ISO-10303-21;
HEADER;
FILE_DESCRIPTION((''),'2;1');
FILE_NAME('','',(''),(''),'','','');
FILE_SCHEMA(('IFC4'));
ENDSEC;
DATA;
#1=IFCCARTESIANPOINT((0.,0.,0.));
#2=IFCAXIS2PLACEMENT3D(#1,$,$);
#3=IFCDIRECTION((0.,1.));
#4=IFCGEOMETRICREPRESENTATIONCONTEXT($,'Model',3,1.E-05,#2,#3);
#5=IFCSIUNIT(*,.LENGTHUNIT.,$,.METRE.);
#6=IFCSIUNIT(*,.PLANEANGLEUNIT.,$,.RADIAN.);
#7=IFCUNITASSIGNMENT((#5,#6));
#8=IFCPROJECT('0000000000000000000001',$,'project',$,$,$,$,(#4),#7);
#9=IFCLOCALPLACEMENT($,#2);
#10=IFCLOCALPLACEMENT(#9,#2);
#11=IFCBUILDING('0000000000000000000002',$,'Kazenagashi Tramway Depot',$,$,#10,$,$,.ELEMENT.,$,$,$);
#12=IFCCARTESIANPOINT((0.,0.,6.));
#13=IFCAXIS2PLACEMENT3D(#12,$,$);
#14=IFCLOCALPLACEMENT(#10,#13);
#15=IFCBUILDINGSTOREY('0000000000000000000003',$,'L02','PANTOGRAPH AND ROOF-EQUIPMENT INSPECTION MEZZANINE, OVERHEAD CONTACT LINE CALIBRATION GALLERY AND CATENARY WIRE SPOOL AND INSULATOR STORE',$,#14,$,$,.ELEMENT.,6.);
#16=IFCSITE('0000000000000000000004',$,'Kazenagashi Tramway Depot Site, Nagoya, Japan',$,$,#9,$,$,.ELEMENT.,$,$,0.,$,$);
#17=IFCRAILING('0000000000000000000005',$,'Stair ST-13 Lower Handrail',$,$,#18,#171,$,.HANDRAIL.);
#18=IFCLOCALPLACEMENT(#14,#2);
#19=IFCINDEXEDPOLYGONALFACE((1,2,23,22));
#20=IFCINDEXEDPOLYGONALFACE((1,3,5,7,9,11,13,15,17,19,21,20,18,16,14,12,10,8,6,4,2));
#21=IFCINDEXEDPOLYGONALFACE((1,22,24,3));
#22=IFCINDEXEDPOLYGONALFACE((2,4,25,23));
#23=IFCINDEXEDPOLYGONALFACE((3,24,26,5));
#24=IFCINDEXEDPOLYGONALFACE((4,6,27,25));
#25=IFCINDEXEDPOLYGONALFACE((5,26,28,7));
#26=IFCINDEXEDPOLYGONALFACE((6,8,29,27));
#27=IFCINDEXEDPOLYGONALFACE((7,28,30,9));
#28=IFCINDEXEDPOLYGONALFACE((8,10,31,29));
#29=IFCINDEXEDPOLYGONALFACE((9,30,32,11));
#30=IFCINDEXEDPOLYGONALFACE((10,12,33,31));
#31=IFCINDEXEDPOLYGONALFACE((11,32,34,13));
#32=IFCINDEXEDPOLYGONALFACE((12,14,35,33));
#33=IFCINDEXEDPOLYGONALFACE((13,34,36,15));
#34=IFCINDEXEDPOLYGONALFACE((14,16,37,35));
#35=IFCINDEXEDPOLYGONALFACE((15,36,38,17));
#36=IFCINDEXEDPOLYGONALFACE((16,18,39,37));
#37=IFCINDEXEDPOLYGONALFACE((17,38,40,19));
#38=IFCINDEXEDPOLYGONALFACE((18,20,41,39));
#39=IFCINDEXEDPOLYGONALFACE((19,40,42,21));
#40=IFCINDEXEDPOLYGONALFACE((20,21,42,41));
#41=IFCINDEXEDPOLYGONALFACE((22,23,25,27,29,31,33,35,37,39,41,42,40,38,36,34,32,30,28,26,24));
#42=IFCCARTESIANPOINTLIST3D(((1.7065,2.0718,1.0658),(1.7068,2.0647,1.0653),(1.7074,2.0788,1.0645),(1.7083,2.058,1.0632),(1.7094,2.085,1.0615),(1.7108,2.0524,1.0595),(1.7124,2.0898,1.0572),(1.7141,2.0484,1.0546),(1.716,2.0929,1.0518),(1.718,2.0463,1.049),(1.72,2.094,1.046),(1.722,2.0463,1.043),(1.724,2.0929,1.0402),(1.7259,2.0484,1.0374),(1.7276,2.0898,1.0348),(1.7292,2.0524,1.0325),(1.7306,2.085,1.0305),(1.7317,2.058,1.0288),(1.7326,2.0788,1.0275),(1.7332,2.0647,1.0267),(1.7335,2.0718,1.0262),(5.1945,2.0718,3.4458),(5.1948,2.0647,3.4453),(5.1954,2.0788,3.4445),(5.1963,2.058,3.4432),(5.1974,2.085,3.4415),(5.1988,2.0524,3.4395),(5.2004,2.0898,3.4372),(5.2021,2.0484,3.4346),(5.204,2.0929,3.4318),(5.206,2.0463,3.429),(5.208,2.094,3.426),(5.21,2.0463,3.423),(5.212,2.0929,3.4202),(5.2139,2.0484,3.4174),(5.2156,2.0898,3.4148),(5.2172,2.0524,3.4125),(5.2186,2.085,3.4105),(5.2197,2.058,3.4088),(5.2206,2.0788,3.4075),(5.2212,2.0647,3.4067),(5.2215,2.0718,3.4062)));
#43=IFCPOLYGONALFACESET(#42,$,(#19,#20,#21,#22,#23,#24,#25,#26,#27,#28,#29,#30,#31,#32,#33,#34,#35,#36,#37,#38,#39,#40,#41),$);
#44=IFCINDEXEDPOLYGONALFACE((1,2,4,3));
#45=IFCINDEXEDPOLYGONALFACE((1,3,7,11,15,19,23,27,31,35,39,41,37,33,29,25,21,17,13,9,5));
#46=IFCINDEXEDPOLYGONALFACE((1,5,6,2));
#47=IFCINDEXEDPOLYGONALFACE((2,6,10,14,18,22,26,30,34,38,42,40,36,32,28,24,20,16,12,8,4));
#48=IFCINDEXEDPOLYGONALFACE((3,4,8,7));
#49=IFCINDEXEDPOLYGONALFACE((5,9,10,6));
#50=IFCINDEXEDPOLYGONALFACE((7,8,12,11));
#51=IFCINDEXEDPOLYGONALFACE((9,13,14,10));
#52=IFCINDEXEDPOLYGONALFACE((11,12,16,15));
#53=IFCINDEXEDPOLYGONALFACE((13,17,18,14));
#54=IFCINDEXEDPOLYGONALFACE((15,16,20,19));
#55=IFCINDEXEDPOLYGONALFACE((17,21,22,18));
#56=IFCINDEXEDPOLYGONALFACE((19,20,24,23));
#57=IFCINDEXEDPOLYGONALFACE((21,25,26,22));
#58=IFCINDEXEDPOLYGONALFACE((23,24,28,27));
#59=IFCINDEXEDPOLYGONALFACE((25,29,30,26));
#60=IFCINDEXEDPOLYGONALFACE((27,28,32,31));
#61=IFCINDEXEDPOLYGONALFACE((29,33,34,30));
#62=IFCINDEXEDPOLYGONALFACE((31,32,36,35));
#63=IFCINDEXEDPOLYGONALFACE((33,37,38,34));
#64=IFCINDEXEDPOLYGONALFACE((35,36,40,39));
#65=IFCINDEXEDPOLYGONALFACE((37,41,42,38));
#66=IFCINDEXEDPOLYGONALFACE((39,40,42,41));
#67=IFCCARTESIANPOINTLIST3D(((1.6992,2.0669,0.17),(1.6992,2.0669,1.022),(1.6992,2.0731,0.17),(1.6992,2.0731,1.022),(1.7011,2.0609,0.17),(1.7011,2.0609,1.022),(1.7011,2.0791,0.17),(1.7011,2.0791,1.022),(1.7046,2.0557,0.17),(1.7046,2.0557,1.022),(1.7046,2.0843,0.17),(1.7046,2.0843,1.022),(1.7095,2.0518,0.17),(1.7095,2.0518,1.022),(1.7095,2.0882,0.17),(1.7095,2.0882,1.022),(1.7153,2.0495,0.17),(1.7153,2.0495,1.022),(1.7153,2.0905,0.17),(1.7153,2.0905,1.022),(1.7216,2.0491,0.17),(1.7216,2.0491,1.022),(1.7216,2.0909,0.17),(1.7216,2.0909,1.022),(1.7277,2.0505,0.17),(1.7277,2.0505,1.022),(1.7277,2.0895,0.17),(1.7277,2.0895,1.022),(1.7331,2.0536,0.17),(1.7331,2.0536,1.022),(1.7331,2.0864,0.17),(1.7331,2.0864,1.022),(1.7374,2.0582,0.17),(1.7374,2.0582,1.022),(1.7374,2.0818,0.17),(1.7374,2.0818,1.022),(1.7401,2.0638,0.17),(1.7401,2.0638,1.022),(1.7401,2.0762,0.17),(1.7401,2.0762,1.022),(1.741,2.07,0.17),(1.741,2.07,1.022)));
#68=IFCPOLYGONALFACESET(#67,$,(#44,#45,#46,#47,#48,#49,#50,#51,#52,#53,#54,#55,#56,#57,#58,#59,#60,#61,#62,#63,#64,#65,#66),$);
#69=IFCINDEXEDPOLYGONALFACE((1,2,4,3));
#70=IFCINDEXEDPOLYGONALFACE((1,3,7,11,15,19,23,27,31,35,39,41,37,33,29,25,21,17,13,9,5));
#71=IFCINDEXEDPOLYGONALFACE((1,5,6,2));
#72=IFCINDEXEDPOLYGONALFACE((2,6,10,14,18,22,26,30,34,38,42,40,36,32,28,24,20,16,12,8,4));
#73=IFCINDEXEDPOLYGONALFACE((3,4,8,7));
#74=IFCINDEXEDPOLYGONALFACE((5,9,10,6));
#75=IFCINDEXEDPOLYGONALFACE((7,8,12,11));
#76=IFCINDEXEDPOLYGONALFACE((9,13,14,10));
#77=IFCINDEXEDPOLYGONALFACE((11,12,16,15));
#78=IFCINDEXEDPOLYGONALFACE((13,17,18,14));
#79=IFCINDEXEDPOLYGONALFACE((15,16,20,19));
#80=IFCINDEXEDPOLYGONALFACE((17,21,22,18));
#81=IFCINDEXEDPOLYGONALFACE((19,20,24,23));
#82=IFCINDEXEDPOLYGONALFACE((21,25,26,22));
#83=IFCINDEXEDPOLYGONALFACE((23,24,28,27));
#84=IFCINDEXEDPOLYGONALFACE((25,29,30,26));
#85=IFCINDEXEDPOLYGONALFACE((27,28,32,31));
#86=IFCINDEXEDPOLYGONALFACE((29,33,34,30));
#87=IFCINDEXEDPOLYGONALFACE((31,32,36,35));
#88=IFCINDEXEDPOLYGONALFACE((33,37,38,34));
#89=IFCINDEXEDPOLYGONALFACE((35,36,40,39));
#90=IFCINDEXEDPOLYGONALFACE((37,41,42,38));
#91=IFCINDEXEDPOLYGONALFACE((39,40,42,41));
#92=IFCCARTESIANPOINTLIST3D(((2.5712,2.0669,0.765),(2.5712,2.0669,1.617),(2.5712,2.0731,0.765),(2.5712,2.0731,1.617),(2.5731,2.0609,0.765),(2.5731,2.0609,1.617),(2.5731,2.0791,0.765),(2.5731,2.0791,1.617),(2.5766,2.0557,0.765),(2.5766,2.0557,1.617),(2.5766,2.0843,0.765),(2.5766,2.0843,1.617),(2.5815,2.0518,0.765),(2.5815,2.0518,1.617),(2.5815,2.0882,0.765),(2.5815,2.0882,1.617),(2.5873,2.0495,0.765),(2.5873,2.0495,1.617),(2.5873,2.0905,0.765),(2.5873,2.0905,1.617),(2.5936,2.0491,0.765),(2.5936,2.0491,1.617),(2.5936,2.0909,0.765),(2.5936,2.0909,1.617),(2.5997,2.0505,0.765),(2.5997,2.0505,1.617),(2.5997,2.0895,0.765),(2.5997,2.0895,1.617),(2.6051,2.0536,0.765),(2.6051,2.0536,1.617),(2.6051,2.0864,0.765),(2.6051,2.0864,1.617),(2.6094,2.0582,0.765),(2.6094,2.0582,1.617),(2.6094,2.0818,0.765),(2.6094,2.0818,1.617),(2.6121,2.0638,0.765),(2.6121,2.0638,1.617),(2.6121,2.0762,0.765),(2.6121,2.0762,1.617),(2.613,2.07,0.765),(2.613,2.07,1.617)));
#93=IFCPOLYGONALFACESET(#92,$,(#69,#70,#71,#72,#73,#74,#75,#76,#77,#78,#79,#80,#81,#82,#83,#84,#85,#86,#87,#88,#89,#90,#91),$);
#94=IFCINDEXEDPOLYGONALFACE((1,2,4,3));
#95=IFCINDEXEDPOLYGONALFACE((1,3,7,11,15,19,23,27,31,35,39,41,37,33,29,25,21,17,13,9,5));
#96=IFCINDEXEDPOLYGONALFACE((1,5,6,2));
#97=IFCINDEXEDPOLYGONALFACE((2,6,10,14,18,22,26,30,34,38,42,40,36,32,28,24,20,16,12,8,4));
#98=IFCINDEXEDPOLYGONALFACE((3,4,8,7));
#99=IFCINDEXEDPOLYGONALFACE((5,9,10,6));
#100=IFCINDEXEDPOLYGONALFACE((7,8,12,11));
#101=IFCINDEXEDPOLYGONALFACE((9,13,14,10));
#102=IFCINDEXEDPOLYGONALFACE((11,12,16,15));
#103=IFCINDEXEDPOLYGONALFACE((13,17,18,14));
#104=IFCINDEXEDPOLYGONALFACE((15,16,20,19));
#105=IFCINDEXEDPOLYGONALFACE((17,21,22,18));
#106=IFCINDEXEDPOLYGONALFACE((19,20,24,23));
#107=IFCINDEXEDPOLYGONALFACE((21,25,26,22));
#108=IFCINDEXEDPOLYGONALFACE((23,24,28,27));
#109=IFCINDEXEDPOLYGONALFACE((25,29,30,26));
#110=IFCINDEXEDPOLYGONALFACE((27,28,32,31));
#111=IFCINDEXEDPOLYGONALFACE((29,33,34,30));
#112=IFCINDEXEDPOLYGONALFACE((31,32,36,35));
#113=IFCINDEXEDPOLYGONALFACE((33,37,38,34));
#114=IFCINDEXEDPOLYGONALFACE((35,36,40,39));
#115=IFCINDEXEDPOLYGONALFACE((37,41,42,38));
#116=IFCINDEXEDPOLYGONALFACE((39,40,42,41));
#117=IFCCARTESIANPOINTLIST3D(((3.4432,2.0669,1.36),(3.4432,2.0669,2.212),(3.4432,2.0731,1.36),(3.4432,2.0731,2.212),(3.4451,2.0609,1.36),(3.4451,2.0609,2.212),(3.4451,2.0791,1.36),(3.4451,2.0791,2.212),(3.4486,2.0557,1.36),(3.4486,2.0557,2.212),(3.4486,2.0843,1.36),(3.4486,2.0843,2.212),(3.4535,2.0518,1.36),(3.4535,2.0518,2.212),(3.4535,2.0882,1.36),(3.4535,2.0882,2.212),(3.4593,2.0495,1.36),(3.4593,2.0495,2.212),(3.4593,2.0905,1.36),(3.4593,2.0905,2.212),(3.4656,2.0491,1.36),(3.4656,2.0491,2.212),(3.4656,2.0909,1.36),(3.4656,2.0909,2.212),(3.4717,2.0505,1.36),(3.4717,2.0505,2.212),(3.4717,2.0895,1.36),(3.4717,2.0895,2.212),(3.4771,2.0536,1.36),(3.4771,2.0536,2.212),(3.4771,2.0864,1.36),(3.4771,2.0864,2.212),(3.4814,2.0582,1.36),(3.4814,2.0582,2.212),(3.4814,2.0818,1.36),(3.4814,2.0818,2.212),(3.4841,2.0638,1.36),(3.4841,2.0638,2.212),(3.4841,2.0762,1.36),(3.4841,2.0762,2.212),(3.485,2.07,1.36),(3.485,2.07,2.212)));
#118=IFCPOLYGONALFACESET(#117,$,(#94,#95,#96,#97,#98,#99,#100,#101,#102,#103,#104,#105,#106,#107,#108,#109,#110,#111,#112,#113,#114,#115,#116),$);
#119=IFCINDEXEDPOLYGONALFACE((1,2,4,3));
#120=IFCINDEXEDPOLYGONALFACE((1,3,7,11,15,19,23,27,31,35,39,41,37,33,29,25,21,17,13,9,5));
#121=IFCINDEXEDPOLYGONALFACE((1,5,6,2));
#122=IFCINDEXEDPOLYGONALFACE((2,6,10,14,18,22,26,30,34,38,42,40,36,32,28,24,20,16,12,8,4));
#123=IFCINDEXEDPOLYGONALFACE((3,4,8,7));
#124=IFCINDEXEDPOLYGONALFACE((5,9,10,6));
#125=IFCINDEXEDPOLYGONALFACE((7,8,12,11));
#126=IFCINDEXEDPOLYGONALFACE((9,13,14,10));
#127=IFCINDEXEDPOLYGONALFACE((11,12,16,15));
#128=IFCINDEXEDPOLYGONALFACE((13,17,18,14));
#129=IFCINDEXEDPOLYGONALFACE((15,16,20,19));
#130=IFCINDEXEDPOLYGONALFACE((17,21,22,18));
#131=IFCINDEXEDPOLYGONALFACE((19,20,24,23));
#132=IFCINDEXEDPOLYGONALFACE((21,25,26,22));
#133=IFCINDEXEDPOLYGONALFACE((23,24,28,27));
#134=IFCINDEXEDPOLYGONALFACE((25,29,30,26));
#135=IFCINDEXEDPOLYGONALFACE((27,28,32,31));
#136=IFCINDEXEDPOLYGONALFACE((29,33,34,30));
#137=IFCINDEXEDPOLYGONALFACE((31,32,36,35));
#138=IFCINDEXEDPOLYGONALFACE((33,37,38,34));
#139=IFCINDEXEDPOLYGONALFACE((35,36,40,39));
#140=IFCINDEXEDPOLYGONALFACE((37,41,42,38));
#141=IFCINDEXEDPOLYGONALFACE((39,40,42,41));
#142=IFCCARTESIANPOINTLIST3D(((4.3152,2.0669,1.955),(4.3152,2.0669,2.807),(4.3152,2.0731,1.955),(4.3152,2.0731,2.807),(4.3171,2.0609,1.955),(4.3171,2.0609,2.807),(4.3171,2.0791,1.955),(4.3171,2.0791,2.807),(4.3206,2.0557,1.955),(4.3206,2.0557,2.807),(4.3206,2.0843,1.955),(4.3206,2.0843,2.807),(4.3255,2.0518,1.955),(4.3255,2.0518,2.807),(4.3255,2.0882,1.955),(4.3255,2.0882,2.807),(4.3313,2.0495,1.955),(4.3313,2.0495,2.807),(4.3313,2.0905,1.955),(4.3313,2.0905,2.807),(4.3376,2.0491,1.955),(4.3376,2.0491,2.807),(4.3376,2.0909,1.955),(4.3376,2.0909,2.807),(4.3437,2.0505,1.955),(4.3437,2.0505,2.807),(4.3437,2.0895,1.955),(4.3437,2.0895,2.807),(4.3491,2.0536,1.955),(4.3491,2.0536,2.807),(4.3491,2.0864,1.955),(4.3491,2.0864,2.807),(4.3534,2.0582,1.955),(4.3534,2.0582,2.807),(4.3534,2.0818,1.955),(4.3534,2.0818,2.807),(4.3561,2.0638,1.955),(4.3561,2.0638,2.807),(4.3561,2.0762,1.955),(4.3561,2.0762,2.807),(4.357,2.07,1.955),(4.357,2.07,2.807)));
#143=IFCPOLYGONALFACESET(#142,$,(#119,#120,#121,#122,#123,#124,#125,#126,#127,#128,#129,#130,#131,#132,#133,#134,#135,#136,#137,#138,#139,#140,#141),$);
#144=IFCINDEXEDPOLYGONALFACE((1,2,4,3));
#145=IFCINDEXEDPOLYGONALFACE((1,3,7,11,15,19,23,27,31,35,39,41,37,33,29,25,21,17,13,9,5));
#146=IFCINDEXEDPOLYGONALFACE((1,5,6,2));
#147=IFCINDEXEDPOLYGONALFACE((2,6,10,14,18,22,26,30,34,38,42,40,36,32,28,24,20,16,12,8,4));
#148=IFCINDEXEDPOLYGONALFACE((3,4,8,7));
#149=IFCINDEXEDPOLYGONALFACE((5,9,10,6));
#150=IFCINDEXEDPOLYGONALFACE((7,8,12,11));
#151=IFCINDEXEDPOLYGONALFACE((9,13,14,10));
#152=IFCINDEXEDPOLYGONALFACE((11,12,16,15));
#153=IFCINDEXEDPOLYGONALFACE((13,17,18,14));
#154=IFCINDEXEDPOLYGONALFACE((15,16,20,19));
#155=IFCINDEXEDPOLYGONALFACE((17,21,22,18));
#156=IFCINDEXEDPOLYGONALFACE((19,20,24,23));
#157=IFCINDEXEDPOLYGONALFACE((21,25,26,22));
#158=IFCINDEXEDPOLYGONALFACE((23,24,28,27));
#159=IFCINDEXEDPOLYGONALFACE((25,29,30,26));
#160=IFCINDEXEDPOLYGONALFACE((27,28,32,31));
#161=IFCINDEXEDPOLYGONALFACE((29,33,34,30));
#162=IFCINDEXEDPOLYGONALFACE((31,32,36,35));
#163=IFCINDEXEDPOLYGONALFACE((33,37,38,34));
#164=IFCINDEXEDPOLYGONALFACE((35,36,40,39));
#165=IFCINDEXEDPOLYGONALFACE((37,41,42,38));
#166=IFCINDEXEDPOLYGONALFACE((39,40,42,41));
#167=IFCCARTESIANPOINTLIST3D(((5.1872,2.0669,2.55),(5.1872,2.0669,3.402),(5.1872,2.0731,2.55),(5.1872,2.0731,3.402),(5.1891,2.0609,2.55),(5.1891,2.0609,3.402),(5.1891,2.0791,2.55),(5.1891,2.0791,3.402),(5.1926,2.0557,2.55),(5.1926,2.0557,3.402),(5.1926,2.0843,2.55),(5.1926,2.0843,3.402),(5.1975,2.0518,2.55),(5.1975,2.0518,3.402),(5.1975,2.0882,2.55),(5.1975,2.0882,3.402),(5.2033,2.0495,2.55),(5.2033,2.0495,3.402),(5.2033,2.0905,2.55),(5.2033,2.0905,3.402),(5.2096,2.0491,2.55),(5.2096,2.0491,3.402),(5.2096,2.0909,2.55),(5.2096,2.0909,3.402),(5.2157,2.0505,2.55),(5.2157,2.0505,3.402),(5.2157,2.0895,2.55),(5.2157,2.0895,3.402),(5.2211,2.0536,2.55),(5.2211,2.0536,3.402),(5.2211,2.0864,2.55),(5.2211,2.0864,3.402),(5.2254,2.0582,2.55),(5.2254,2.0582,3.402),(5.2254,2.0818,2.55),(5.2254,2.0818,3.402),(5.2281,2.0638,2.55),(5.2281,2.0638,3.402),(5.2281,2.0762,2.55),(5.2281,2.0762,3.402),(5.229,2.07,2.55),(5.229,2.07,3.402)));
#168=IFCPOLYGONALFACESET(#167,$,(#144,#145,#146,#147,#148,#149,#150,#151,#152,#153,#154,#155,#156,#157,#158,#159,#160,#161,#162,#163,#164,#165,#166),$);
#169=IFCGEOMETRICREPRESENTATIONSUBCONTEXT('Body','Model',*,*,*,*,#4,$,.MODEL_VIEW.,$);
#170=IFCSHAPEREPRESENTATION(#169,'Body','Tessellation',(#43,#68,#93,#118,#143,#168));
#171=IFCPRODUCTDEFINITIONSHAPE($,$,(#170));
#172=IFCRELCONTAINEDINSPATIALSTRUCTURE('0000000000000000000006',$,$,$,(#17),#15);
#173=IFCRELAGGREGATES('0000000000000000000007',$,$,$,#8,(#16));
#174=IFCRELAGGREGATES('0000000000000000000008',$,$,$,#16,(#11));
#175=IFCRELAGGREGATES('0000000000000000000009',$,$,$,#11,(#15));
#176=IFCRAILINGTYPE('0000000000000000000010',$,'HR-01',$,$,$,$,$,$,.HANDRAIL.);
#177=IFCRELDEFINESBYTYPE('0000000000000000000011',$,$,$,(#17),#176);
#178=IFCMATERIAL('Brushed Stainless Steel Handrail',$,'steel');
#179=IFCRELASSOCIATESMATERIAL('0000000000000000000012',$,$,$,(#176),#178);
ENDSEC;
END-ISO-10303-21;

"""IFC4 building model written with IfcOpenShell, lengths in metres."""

from ifc_helpers import new_model, si_unit, direction, frame, origin, origin_2d, place, context, subcontext, project, spatial, circle, extrude, material, type_object, element, save


model = new_model("IFC4")

# Units and contexts
model_context = context("Model", 3, precision=1e-05, world=origin(), true_north=direction((0.0, 1.0)))
body_context = subcontext(model_context, "Body", "Model", "MODEL_VIEW")
ifc_project = project(units=[si_unit("LENGTHUNIT", "METRE"), si_unit("PLANEANGLEUNIT", "RADIAN")], contexts=[model_context])

# Site, building, storey
site_placement = place(None, origin())
site = spatial("IfcSite", under=ifc_project, at=site_placement, Name="Kazenagashi Tramway Depot Site, Nagoya, Japan", CompositionType="ELEMENT", RefElevation=0.0)
building_placement = place(site_placement, origin())
building = spatial("IfcBuilding", under=site, at=building_placement, Name="Kazenagashi Tramway Depot", CompositionType="ELEMENT")
storey_placement = place(building_placement, frame((0.0, 0.0, 6.0)))
storey = spatial("IfcBuildingStorey", under=building, at=storey_placement, Name="L02", Description="PANTOGRAPH AND ROOF-EQUIPMENT INSPECTION MEZZANINE, OVERHEAD CONTACT LINE CALIBRATION GALLERY AND CATENARY WIRE SPOOL AND INSULATOR STORE", CompositionType="ELEMENT", Elevation=6.0)

# Railing
ifc_material_1 = material(Name="Brushed Stainless Steel Handrail", Category="steel")
railing_type_1 = type_object("IfcRailingType", Name="HR-01", PredefinedType="HANDRAIL", material=ifc_material_1)
railing_1_placement = place(storey_placement, frame((1.72, 2.07, 0.17)))
element("IfcRailing", 1, at=railing_1_placement, inside=storey, type_object=railing_type_1, Name="Stair ST-13 Lower Handrail", PredefinedType="HANDRAIL", context=body_context, shape_type="SweptSolid", body=[
    extrude(circle(Radius=0.024, at=origin_2d()), frame((0.0, 0.0, 0.876), z_axis=(0.826027, 0.0, 0.563631), x_axis=(0.0, 1.0, 0.0)), (0.0, 0.0, 1.0), 4.2226),
    extrude(circle(Radius=0.021, at=origin_2d()), origin(), (0.0, 0.0, 1.0), 0.852),
    extrude(circle(Radius=0.021, at=origin_2d()), frame((0.872, 0.0, 0.595)), (0.0, 0.0, 1.0), 0.852),
    extrude(circle(Radius=0.021, at=origin_2d()), frame((1.744, 0.0, 1.19)), (0.0, 0.0, 1.0), 0.852),
    extrude(circle(Radius=0.021, at=origin_2d()), frame((2.616, 0.0, 1.785)), (0.0, 0.0, 1.0), 0.852),
    extrude(circle(Radius=0.021, at=origin_2d()), frame((3.488, 0.0, 2.38)), (0.0, 0.0, 1.0), 0.852),
])

save(model, "model.ifc")
